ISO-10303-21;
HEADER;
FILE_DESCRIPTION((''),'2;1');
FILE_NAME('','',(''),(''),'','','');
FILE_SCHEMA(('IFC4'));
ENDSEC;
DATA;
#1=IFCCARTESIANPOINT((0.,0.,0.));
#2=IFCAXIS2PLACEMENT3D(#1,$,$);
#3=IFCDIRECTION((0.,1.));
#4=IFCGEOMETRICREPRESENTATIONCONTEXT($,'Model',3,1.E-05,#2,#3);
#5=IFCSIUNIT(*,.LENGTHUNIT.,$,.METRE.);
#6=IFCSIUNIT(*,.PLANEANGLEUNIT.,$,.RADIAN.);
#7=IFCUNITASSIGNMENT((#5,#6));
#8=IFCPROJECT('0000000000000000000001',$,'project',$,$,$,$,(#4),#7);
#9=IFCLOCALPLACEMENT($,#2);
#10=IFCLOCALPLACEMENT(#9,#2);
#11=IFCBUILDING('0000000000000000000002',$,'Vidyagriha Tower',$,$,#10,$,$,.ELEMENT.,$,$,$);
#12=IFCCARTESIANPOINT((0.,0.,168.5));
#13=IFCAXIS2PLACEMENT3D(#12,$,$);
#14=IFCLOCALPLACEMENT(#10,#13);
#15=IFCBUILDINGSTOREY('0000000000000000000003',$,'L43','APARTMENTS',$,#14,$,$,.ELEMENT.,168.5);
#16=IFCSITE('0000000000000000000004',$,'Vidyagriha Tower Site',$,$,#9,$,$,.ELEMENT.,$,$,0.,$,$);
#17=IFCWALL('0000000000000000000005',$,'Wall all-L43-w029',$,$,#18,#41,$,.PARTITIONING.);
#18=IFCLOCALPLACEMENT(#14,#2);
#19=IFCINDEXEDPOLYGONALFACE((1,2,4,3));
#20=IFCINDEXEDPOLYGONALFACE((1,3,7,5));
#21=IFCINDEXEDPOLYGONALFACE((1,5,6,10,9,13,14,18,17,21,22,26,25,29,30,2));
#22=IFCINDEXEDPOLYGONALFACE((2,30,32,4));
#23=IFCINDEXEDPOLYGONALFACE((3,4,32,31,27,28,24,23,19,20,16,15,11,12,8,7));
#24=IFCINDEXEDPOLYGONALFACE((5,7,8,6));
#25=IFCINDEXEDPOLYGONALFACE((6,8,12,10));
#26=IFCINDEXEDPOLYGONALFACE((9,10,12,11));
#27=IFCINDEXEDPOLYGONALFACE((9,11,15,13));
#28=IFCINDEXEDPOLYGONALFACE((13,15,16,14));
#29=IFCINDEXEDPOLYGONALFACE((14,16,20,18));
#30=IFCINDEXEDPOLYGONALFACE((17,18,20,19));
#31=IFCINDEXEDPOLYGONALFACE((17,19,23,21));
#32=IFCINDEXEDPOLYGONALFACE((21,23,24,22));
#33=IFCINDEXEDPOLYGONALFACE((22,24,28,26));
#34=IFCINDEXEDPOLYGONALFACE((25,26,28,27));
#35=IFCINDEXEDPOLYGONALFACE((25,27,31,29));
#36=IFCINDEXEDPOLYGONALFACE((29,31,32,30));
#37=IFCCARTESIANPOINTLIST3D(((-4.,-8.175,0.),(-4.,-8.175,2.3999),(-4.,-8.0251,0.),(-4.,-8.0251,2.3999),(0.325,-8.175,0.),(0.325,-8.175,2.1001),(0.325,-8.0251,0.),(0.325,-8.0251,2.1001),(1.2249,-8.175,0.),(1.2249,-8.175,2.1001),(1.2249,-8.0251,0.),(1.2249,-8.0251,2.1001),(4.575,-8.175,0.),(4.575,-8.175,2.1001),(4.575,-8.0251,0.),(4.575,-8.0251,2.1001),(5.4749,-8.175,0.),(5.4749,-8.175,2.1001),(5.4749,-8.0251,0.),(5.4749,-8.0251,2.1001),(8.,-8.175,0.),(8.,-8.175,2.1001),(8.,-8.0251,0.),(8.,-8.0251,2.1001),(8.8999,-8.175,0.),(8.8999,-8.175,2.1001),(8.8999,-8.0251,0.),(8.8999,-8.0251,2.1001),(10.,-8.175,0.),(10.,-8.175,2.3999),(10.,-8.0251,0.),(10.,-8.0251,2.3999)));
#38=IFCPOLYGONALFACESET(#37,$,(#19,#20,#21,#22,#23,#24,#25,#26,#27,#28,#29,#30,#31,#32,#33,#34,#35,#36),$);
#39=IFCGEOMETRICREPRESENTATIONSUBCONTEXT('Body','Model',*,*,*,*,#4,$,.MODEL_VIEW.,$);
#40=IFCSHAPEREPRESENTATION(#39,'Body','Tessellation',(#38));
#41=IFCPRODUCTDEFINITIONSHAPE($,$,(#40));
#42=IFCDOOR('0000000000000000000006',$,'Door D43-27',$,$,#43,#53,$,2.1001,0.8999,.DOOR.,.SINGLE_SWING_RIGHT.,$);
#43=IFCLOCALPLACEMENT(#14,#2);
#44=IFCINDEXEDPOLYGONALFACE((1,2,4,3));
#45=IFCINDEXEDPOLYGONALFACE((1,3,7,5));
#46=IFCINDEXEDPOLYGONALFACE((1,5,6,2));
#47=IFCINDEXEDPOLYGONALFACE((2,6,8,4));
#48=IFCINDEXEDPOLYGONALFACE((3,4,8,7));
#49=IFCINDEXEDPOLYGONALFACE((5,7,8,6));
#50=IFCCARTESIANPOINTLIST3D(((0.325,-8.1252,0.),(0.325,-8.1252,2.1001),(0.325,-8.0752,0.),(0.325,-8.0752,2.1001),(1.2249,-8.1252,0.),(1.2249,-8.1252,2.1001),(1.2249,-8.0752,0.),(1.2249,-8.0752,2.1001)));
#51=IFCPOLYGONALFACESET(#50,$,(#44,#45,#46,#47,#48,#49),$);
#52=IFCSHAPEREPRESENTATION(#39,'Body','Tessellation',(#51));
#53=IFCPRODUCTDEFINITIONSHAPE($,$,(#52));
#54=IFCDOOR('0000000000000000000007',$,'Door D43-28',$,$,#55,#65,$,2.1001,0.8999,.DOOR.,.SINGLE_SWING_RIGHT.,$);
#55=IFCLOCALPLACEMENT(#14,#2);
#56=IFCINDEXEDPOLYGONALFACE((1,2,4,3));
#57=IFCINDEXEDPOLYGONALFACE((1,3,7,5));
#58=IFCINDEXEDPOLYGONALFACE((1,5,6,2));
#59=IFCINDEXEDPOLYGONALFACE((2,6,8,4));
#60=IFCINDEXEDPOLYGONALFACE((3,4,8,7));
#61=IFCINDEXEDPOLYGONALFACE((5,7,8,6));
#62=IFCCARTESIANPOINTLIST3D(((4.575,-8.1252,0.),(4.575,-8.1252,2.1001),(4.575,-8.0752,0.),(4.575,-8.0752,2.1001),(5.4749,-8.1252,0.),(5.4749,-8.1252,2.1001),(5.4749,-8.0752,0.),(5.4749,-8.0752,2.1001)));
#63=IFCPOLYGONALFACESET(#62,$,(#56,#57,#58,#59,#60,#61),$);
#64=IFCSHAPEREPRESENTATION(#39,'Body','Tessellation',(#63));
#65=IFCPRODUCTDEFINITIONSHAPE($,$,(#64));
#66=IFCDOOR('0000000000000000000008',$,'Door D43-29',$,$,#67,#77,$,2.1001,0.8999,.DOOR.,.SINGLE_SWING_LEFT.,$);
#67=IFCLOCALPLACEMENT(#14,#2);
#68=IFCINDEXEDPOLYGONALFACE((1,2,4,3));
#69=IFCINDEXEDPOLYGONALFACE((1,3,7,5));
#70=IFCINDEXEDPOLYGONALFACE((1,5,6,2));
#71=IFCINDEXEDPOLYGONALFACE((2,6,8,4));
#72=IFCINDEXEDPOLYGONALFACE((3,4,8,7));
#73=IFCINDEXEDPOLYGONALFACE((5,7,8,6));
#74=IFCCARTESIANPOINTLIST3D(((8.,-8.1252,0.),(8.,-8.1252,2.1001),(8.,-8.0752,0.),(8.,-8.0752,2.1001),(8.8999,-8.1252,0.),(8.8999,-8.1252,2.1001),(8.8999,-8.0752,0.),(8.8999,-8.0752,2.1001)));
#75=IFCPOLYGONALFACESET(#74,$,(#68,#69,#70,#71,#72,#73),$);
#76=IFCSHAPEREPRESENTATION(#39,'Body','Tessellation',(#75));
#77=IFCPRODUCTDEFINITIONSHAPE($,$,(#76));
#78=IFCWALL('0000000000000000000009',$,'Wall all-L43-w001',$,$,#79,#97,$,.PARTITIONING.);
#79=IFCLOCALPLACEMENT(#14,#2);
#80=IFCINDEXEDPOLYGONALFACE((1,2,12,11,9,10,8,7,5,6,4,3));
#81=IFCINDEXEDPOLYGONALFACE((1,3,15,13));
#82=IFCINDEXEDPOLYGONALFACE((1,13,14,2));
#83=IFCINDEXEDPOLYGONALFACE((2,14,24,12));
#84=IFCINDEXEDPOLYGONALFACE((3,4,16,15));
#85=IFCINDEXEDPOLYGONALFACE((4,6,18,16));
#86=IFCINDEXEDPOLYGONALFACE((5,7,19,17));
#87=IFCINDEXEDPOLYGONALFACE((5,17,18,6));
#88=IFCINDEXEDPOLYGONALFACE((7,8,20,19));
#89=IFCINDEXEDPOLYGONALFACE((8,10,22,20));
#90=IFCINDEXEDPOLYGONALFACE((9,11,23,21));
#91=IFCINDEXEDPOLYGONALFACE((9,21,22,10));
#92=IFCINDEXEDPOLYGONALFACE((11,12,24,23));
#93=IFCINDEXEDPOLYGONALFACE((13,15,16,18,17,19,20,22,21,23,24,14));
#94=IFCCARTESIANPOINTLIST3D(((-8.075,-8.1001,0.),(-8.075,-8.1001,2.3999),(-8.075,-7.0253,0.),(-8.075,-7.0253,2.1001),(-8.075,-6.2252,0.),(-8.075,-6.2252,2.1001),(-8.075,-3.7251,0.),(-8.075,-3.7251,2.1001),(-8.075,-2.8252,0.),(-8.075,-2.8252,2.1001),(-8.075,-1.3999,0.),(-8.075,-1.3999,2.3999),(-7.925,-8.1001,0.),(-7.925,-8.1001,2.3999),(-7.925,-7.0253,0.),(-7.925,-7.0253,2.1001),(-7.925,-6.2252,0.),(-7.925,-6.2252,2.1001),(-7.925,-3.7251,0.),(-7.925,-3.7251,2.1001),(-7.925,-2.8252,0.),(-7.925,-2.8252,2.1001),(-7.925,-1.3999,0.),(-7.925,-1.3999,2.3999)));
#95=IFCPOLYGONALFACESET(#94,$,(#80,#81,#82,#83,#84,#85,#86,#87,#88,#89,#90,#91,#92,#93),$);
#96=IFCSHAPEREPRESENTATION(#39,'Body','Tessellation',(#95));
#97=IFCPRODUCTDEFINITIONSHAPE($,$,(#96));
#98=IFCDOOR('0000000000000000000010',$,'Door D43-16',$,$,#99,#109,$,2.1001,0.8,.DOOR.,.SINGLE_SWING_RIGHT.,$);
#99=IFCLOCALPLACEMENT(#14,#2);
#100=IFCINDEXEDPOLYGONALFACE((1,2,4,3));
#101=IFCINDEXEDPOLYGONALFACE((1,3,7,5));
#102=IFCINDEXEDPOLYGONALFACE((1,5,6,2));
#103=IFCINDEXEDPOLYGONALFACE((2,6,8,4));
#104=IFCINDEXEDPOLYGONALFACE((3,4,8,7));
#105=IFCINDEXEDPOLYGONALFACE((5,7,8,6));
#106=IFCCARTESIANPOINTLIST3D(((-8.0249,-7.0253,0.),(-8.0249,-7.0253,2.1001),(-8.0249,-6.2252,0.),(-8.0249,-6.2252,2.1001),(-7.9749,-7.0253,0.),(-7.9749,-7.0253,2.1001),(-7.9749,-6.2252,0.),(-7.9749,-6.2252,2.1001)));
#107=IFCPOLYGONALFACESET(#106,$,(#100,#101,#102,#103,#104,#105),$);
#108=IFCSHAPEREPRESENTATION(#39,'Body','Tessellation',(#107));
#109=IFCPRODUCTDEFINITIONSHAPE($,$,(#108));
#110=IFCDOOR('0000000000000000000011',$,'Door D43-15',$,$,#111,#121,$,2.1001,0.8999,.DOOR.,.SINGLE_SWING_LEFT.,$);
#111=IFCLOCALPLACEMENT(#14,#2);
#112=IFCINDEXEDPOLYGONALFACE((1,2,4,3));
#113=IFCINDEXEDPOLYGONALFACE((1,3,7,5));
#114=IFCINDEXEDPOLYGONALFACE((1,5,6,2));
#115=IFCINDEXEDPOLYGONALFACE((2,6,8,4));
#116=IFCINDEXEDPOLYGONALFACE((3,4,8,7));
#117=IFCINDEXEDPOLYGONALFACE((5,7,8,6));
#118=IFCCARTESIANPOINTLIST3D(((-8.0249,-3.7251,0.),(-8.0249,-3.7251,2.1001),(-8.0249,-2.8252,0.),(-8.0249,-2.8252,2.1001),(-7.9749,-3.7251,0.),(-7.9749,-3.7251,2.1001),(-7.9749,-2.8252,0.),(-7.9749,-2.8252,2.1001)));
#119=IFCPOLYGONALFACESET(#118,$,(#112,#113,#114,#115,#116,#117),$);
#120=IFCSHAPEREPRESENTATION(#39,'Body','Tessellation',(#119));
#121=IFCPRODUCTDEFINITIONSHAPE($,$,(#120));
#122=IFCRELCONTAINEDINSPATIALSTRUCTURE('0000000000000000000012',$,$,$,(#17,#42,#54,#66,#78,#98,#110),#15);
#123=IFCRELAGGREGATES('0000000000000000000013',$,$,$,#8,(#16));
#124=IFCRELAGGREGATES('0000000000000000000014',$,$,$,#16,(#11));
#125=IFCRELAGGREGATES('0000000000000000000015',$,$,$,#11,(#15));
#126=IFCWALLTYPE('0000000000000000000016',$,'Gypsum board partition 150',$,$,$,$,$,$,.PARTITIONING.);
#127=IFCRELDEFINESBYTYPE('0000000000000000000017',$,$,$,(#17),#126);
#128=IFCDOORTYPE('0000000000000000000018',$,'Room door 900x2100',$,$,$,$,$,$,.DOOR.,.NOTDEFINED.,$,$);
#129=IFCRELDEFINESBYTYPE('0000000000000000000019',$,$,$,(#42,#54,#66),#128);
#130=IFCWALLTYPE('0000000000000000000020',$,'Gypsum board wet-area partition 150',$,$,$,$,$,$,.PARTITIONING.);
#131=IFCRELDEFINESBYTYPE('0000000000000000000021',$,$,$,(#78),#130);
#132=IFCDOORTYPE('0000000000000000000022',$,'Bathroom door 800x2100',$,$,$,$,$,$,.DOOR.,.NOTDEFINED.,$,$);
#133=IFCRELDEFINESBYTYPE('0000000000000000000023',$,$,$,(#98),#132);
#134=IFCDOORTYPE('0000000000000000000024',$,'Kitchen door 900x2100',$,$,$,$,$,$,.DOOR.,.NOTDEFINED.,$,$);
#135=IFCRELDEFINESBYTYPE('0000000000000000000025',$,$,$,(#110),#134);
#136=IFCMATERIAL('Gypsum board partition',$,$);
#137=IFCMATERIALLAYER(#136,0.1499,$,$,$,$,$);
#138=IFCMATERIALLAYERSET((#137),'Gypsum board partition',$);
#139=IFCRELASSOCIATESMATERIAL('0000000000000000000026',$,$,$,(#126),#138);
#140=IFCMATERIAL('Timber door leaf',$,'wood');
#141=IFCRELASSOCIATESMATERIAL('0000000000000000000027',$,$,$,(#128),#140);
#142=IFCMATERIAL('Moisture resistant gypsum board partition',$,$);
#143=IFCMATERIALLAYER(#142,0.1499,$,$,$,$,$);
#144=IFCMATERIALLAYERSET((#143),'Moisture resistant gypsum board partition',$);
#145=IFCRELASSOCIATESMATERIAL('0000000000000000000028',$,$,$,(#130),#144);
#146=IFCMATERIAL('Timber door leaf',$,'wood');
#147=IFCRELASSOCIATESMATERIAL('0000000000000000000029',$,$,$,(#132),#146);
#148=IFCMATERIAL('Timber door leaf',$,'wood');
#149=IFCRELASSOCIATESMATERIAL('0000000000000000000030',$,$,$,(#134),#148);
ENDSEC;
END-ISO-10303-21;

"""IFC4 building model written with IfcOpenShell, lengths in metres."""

from ifc_helpers import new_model, si_unit, direction, frame, frame_2d, origin, place, context, subcontext, project, spatial, rectangle, extrude, material, layer, layer_set, type_object, element, fill, save


model = new_model("IFC4")

# Units and contexts
model_context = context("Model", 3, precision=1e-05, world=origin(), true_north=direction((0.0, 1.0)))
body_context = subcontext(model_context, "Body", "Model", "MODEL_VIEW")
ifc_project = project(units=[si_unit("LENGTHUNIT", "METRE"), si_unit("PLANEANGLEUNIT", "RADIAN")], contexts=[model_context])

# Site, building, storey
site_placement = place(None, origin())
site = spatial("IfcSite", under=ifc_project, at=site_placement, Name="Vidyagriha Tower Site", CompositionType="ELEMENT", RefElevation=0.0)
building_placement = place(site_placement, origin())
building = spatial("IfcBuilding", under=site, at=building_placement, Name="Vidyagriha Tower", CompositionType="ELEMENT")
storey_placement = place(building_placement, frame((0.0, 0.0, 168.5)))
storey = spatial("IfcBuildingStorey", under=building, at=storey_placement, Name="L43", Description="APARTMENTS", CompositionType="ELEMENT", Elevation=168.5)

# Shared definitions
ifc_material_1 = material(Name="Gypsum board partition")
ifc_layer_1 = layer(ifc_material_1, 0.1499)
ifc_layer_set_1 = layer_set([ifc_layer_1], Name="Gypsum board partition")
wall_type_1 = type_object("IfcWallType", Name="Gypsum board partition 150", PredefinedType="PARTITIONING", material=ifc_layer_set_1)

# Walls, openings, doors
wall_1_placement = place(storey_placement, frame((-4.0, -8.1001, 0.0)))
wall_1 = element("IfcWall", 1, at=wall_1_placement, inside=storey, type_object=wall_type_1, Name="Wall all-L43-w029", PredefinedType="PARTITIONING", context=body_context, shape_type="SweptSolid", body=[
    extrude(rectangle(XDim=14.0, YDim=0.1499, at=frame_2d((7.0, 0.0))), origin(), (0.0, 0.0, 1.0), 2.3999),
])
opening_1_placement = place(wall_1_placement, frame((4.325, 0.0, 0.0)))
opening_1 = element("IfcOpeningElement", 2, at=opening_1_placement, cuts=wall_1, PredefinedType="OPENING", context=body_context, shape_type="SweptSolid", body=[
    extrude(rectangle(XDim=0.8999, YDim=2.1001, at=frame_2d((0.45, 1.05))), frame((0.0, 0.085, 0.0), z_axis=(0.0, -1.0, 0.0), x_axis=(1.0, 0.0, 0.0)), (0.0, 0.0, 1.0), 0.1699),
])
opening_2_placement = place(wall_1_placement, frame((8.575, 0.0, 0.0)))
opening_2 = element("IfcOpeningElement", 3, at=opening_2_placement, cuts=wall_1, PredefinedType="OPENING", context=body_context, shape_type="SweptSolid", body=[
    extrude(rectangle(XDim=0.8999, YDim=2.1001, at=frame_2d((0.45, 1.05))), frame((0.0, 0.085, 0.0), z_axis=(0.0, -1.0, 0.0), x_axis=(1.0, 0.0, 0.0)), (0.0, 0.0, 1.0), 0.1699),
])
opening_3_placement = place(wall_1_placement, frame((12.0, 0.0, 0.0)))
opening_3 = element("IfcOpeningElement", 4, at=opening_3_placement, cuts=wall_1, PredefinedType="OPENING", context=body_context, shape_type="SweptSolid", body=[
    extrude(rectangle(XDim=0.8999, YDim=2.1001, at=frame_2d((0.45, 1.05))), frame((0.0, 0.085, 0.0), z_axis=(0.0, -1.0, 0.0), x_axis=(1.0, 0.0, 0.0)), (0.0, 0.0, 1.0), 0.1699),
])
ifc_material_2 = material(Name="Timber door leaf", Category="wood")
door_type_1 = type_object("IfcDoorType", Name="Room door 900x2100", OperationType="NOTDEFINED", PredefinedType="DOOR", material=ifc_material_2)
door_1_placement = place(opening_1_placement, origin())
door_1 = element("IfcDoor", 5, at=door_1_placement, inside=storey, type_object=door_type_1, Name="Door D43-27", OperationType="SINGLE_SWING_RIGHT", OverallHeight=2.1001, OverallWidth=0.8999, PredefinedType="DOOR", context=body_context, shape_type="SweptSolid", body=[
    extrude(rectangle(XDim=0.8999, YDim=2.1001, at=frame_2d((0.45, 1.05))), frame((0.0, 0.0249, 0.0), z_axis=(0.0, -1.0, 0.0), x_axis=(1.0, 0.0, 0.0)), (0.0, 0.0, 1.0), 0.05),
])
fill(opening_1, door_1)
door_2_placement = place(opening_2_placement, origin())
door_2 = element("IfcDoor", 6, at=door_2_placement, inside=storey, type_object=door_type_1, Name="Door D43-28", OperationType="SINGLE_SWING_RIGHT", OverallHeight=2.1001, OverallWidth=0.8999, PredefinedType="DOOR", context=body_context, shape_type="SweptSolid", body=[
    extrude(rectangle(XDim=0.8999, YDim=2.1001, at=frame_2d((0.45, 1.05))), frame((0.0, 0.0249, 0.0), z_axis=(0.0, -1.0, 0.0), x_axis=(1.0, 0.0, 0.0)), (0.0, 0.0, 1.0), 0.05),
])
fill(opening_2, door_2)
door_3_placement = place(opening_3_placement, origin())
door_3 = element("IfcDoor", 7, at=door_3_placement, inside=storey, type_object=door_type_1, Name="Door D43-29", OperationType="SINGLE_SWING_LEFT", OverallHeight=2.1001, OverallWidth=0.8999, PredefinedType="DOOR", context=body_context, shape_type="SweptSolid", body=[
    extrude(rectangle(XDim=0.8999, YDim=2.1001, at=frame_2d((0.45, 1.05))), frame((0.0, 0.0249, 0.0), z_axis=(0.0, -1.0, 0.0), x_axis=(1.0, 0.0, 0.0)), (0.0, 0.0, 1.0), 0.05),
])
fill(opening_3, door_3)
ifc_material_3 = material(Name="Moisture resistant gypsum board partition")
ifc_layer_2 = layer(ifc_material_3, 0.1499)
ifc_layer_set_2 = layer_set([ifc_layer_2], Name="Moisture resistant gypsum board partition")
wall_type_2 = type_object("IfcWallType", Name="Gypsum board wet-area partition 150", PredefinedType="PARTITIONING", material=ifc_layer_set_2)
wall_2_placement = place(storey_placement, frame((-8.0, -8.1001, 0.0), z_axis=(0.0, 0.0, 1.0), x_axis=(0.0, 1.0, 0.0)))
wall_2 = element("IfcWall", 8, at=wall_2_placement, inside=storey, type_object=wall_type_2, Name="Wall all-L43-w001", PredefinedType="PARTITIONING", context=body_context, shape_type="SweptSolid", body=[
    extrude(rectangle(XDim=6.7002, YDim=0.1499, at=frame_2d((3.3501, 0.0))), origin(), (0.0, 0.0, 1.0), 2.3999),
])
opening_4_placement = place(wall_2_placement, frame((4.375, 0.0, 0.0)))
opening_4 = element("IfcOpeningElement", 9, at=opening_4_placement, cuts=wall_2, PredefinedType="OPENING", context=body_context, shape_type="SweptSolid", body=[
    extrude(rectangle(XDim=0.8999, YDim=2.1001, at=frame_2d((0.45, 1.05))), frame((0.0, 0.085, 0.0), z_axis=(0.0, -1.0, 0.0), x_axis=(1.0, 0.0, 0.0)), (0.0, 0.0, 1.0), 0.1699),
])
opening_5_placement = place(wall_2_placement, frame((1.075, 0.0, 0.0)))
opening_5 = element("IfcOpeningElement", 10, at=opening_5_placement, cuts=wall_2, PredefinedType="OPENING", context=body_context, shape_type="SweptSolid", body=[
    extrude(rectangle(XDim=0.8, YDim=2.1001, at=frame_2d((0.3999, 1.05))), frame((0.0, 0.085, 0.0), z_axis=(0.0, -1.0, 0.0), x_axis=(1.0, 0.0, 0.0)), (0.0, 0.0, 1.0), 0.1699),
])
ifc_material_4 = material(Name="Timber door leaf", Category="wood")
door_type_2 = type_object("IfcDoorType", Name="Bathroom door 800x2100", OperationType="NOTDEFINED", PredefinedType="DOOR", material=ifc_material_4)
door_4_placement = place(opening_5_placement, origin())
door_4 = element("IfcDoor", 11, at=door_4_placement, inside=storey, type_object=door_type_2, Name="Door D43-16", OperationType="SINGLE_SWING_RIGHT", OverallHeight=2.1001, OverallWidth=0.8, PredefinedType="DOOR", context=body_context, shape_type="SweptSolid", body=[
    extrude(rectangle(XDim=0.8, YDim=2.1001, at=frame_2d((0.3999, 1.05))), frame((0.0, 0.0249, 0.0), z_axis=(0.0, -1.0, 0.0), x_axis=(1.0, 0.0, 0.0)), (0.0, 0.0, 1.0), 0.05),
])
fill(opening_5, door_4)
ifc_material_5 = material(Name="Timber door leaf", Category="wood")
door_type_3 = type_object("IfcDoorType", Name="Kitchen door 900x2100", OperationType="NOTDEFINED", PredefinedType="DOOR", material=ifc_material_5)
door_5_placement = place(opening_4_placement, origin())
door_5 = element("IfcDoor", 12, at=door_5_placement, inside=storey, type_object=door_type_3, Name="Door D43-15", OperationType="SINGLE_SWING_LEFT", OverallHeight=2.1001, OverallWidth=0.8999, PredefinedType="DOOR", context=body_context, shape_type="SweptSolid", body=[
    extrude(rectangle(XDim=0.8999, YDim=2.1001, at=frame_2d((0.45, 1.05))), frame((0.0, 0.0249, 0.0), z_axis=(0.0, -1.0, 0.0), x_axis=(1.0, 0.0, 0.0)), (0.0, 0.0, 1.0), 0.05),
])
fill(opening_4, door_5)

save(model, "model.ifc")
